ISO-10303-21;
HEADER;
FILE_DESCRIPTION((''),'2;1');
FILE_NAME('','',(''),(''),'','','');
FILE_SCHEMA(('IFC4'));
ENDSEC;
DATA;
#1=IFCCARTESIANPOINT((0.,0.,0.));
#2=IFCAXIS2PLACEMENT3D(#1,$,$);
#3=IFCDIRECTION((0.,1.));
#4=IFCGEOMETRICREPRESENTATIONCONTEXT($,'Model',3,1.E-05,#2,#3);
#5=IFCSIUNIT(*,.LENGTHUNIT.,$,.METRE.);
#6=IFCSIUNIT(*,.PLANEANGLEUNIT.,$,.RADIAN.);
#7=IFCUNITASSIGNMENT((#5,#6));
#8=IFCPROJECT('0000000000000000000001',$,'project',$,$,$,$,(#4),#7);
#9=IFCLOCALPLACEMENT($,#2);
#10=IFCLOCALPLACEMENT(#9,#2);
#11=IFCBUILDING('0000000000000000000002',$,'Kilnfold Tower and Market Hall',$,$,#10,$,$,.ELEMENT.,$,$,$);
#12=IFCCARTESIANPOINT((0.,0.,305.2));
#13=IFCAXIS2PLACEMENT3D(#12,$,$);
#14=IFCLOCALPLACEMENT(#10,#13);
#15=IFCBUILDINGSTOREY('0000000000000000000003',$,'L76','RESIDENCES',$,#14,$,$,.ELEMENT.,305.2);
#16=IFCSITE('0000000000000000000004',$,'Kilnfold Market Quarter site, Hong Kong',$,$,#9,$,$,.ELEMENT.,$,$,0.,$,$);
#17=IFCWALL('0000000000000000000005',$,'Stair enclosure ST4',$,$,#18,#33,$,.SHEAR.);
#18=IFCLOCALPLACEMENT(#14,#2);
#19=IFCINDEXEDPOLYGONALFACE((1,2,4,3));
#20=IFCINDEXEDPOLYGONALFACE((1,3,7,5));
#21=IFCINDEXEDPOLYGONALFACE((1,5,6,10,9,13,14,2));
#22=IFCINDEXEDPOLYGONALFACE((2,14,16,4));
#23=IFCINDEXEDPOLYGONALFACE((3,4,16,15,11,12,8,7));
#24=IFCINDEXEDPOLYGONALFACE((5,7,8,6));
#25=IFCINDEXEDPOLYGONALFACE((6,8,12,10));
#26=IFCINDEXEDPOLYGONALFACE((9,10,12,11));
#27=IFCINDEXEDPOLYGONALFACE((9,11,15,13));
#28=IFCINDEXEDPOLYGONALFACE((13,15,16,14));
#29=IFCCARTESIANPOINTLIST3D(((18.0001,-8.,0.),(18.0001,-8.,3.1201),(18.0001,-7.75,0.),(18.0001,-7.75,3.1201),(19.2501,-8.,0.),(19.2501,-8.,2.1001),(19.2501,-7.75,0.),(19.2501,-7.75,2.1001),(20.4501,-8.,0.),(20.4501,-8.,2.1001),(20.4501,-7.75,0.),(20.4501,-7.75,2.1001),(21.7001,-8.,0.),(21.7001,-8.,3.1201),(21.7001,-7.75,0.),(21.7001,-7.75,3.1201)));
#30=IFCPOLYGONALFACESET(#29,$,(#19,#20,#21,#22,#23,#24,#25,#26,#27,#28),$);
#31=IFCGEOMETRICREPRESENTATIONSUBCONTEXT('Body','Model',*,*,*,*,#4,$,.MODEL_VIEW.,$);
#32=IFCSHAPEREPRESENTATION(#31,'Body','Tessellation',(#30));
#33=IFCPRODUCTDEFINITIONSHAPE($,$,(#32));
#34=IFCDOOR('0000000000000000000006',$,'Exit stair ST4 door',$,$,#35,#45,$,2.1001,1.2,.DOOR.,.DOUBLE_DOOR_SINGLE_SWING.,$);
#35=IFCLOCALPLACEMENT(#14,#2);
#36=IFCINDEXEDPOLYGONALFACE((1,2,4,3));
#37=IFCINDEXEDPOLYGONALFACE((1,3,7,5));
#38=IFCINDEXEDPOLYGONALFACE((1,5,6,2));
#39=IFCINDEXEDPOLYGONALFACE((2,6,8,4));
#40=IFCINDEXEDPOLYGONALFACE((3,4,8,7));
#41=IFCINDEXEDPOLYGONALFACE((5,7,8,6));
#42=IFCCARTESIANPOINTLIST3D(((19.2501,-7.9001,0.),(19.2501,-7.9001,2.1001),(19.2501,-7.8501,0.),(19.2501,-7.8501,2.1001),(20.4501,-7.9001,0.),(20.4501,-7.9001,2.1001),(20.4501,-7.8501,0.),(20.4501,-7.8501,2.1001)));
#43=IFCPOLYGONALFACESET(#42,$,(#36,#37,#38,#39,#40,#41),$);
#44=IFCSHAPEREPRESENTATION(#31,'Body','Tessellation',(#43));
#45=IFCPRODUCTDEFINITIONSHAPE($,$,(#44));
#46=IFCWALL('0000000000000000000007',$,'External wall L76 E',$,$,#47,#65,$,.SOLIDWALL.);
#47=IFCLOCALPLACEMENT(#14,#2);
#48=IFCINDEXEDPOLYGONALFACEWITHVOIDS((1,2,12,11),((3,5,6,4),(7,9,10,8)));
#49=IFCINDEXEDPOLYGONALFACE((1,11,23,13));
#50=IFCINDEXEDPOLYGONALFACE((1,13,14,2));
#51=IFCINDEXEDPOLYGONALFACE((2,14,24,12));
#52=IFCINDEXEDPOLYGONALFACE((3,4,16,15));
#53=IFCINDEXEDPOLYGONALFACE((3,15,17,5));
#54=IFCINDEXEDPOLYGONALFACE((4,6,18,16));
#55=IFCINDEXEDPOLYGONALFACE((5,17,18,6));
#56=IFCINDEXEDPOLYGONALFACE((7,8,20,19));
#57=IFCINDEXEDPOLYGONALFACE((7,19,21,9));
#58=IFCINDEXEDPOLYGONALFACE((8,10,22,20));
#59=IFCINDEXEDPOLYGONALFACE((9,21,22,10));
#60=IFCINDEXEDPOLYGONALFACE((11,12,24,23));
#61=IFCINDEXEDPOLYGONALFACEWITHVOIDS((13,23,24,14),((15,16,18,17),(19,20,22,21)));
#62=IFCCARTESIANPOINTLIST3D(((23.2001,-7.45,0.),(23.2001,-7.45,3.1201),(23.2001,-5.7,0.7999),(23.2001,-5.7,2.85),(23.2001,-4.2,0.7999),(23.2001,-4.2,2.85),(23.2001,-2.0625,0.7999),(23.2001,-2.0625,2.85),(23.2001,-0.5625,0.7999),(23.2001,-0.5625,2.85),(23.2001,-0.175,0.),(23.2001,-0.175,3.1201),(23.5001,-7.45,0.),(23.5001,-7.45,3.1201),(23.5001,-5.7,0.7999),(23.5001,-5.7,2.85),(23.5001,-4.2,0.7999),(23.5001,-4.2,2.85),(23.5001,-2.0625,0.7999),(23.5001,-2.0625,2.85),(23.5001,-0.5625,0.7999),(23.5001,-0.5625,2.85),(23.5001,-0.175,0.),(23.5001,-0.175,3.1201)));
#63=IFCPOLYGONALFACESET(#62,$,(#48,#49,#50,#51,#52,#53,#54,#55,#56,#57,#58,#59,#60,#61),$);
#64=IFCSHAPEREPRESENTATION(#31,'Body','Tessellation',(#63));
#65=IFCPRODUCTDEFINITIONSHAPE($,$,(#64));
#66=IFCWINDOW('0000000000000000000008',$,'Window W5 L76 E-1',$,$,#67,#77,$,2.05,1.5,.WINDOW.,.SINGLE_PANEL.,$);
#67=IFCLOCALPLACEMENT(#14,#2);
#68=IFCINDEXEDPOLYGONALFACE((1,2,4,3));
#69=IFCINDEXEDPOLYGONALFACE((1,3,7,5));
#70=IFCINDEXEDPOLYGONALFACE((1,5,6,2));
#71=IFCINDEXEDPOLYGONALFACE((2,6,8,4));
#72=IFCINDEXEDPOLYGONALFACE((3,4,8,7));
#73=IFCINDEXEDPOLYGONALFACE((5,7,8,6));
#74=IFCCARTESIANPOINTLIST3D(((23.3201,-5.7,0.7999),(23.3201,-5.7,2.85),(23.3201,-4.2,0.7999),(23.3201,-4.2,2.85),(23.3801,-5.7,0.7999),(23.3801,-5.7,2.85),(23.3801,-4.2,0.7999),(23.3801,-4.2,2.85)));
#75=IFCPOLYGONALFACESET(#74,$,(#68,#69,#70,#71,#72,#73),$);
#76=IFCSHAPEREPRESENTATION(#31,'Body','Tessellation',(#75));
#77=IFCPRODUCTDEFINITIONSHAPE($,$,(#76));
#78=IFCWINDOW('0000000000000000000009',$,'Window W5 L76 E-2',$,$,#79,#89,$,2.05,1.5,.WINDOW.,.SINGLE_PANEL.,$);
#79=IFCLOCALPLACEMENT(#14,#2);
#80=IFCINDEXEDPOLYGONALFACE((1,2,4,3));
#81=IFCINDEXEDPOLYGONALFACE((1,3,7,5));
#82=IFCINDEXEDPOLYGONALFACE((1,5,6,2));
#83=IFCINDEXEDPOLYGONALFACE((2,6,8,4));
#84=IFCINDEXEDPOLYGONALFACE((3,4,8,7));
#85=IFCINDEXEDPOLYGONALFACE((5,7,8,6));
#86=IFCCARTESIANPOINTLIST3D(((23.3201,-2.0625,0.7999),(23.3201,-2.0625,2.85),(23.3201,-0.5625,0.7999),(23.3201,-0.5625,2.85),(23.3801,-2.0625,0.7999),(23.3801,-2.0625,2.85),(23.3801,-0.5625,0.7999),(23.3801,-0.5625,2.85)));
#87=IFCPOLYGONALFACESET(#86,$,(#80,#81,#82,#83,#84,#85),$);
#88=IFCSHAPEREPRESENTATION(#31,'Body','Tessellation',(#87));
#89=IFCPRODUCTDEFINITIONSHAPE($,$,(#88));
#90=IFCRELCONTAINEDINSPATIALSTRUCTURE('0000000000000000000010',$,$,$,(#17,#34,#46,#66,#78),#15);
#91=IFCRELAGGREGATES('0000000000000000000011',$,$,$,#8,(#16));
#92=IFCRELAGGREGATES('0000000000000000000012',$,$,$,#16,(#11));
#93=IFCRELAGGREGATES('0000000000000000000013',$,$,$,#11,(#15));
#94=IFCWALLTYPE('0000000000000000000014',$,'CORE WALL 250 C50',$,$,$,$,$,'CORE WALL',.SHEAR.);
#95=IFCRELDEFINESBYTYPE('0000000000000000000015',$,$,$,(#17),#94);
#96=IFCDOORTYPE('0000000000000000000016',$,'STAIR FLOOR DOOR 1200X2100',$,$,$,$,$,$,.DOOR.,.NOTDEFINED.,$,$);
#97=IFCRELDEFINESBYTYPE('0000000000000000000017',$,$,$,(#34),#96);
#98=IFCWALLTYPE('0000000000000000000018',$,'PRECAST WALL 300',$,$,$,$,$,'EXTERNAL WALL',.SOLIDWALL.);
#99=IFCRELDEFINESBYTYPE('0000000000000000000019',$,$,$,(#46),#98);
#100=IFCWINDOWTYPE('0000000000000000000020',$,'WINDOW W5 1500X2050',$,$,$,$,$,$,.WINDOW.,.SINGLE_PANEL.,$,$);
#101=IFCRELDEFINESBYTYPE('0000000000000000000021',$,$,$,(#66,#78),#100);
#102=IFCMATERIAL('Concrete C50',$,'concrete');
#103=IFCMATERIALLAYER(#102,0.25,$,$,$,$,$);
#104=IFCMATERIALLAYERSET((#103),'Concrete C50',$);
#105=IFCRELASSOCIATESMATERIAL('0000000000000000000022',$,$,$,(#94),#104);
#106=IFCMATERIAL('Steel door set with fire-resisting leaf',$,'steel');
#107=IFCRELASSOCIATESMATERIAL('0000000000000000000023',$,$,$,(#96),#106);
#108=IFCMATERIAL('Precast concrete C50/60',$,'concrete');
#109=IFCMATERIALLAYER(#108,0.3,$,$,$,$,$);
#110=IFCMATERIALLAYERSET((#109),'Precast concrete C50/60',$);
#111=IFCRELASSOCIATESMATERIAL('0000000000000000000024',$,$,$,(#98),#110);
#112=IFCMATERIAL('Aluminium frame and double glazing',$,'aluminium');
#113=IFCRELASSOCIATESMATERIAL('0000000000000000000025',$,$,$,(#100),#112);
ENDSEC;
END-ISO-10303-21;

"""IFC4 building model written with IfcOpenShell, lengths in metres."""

from ifc_helpers import new_model, si_unit, direction, frame, frame_2d, origin, place, context, subcontext, project, spatial, rectangle, extrude, source, transform, mapped, material, layer, layer_set, type_object, element, fill, save


model = new_model("IFC4")

# Units and contexts
model_context = context("Model", 3, precision=1e-05, world=origin(), true_north=direction((0.0, 1.0)))
body_context = subcontext(model_context, "Body", "Model", "MODEL_VIEW")
ifc_project = project(units=[si_unit("LENGTHUNIT", "METRE"), si_unit("PLANEANGLEUNIT", "RADIAN")], contexts=[model_context])

# Site, building, storey
site_placement = place(None, origin())
site = spatial("IfcSite", under=ifc_project, at=site_placement, Name="Kilnfold Market Quarter site, Hong Kong", CompositionType="ELEMENT", RefElevation=0.0)
building_placement = place(site_placement, origin())
building = spatial("IfcBuilding", under=site, at=building_placement, Name="Kilnfold Tower and Market Hall", CompositionType="ELEMENT")
storey_placement = place(building_placement, frame((0.0, 0.0, 305.2)))
storey = spatial("IfcBuildingStorey", under=building, at=storey_placement, Name="L76", Description="RESIDENCES", CompositionType="ELEMENT", Elevation=305.2)

# Wall, opening, door
ifc_material_1 = material(Name="Concrete C50", Category="concrete")
ifc_layer_1 = layer(ifc_material_1, 0.25)
ifc_layer_set_1 = layer_set([ifc_layer_1], Name="Concrete C50")
wall_type_1 = type_object("IfcWallType", Name="CORE WALL 250 C50", ElementType="CORE WALL", PredefinedType="SHEAR", material=ifc_layer_set_1)
shared_shape_1 = source(origin(), body_context, "Body", "SweptSolid", [
    extrude(rectangle(XDim=3.7, YDim=0.25, at=frame_2d((1.8501, 0.0))), origin(), (0.0, 0.0, 1.0), 3.1201),
])
wall_1_placement = place(storey_placement, frame((18.0, -7.875, 0.0), z_axis=(0.0, 0.0, 1.0), x_axis=(1.0, 0.0, 0.0)))
wall_1 = element("IfcWall", 1, at=wall_1_placement, inside=storey, type_object=wall_type_1, Name="Stair enclosure ST4", PredefinedType="SHEAR", context=body_context, shape_type="MappedRepresentation", body=[
    mapped(shared_shape_1, transform((0.0, 0.0, 0.0))),
])
opening_1_placement = place(wall_1_placement, frame((1.25, 0.0, 0.0)))
opening_1 = element("IfcOpeningElement", 2, at=opening_1_placement, cuts=wall_1, PredefinedType="OPENING", context=body_context, shape_type="SweptSolid", body=[
    extrude(rectangle(XDim=1.2, YDim=2.1001, at=frame_2d((0.6001, 1.05))), frame((0.0, 0.135, 0.0), z_axis=(0.0, -1.0, 0.0), x_axis=(1.0, 0.0, 0.0)), (0.0, 0.0, 1.0), 0.27),
])
ifc_material_2 = material(Name="Steel door set with fire-resisting leaf", Category="steel")
door_type_1 = type_object("IfcDoorType", Name="STAIR FLOOR DOOR 1200X2100", OperationType="NOTDEFINED", PredefinedType="DOOR", material=ifc_material_2)
door_1_placement = place(opening_1_placement, origin())
door_1 = element("IfcDoor", 3, at=door_1_placement, inside=storey, type_object=door_type_1, Name="Exit stair ST4 door", OperationType="DOUBLE_DOOR_SINGLE_SWING", OverallHeight=2.1001, OverallWidth=1.2, PredefinedType="DOOR", context=body_context, shape_type="SweptSolid", body=[
    extrude(rectangle(XDim=1.2, YDim=2.1001, at=frame_2d((0.6001, 1.05))), frame((0.0, 0.0249, 0.0), z_axis=(0.0, -1.0, 0.0), x_axis=(1.0, 0.0, 0.0)), (0.0, 0.0, 1.0), 0.05),
])
fill(opening_1, door_1)

# Wall, openings, windows
ifc_material_3 = material(Name="Precast concrete C50/60", Category="concrete")
ifc_layer_2 = layer(ifc_material_3, 0.3)
ifc_layer_set_2 = layer_set([ifc_layer_2], Name="Precast concrete C50/60")
wall_type_2 = type_object("IfcWallType", Name="PRECAST WALL 300", ElementType="EXTERNAL WALL", PredefinedType="SOLIDWALL", material=ifc_layer_set_2)
shared_shape_2 = source(origin(), body_context, "Body", "SweptSolid", [
    extrude(rectangle(XDim=7.2749, YDim=0.3, at=frame_2d((3.6375, 0.0))), origin(), (0.0, 0.0, 1.0), 3.1201),
])
wall_2_placement = place(storey_placement, frame((23.3501, -7.45, 0.0), z_axis=(0.0, 0.0, 1.0), x_axis=(0.0, 1.0, 0.0)))
wall_2 = element("IfcWall", 4, at=wall_2_placement, inside=storey, type_object=wall_type_2, Name="External wall L76 E", PredefinedType="SOLIDWALL", context=body_context, shape_type="MappedRepresentation", body=[
    mapped(shared_shape_2, transform((0.0, 0.0, 0.0))),
])
opening_2_placement = place(wall_2_placement, frame((1.75, 0.0, 0.8)))
opening_2 = element("IfcOpeningElement", 5, at=opening_2_placement, cuts=wall_2, PredefinedType="OPENING", context=body_context, shape_type="SweptSolid", body=[
    extrude(rectangle(XDim=1.5, YDim=2.05, at=frame_2d((0.75, 1.0249))), frame((0.0, 0.1602, 0.0), z_axis=(0.0, -1.0, 0.0), x_axis=(1.0, 0.0, 0.0)), (0.0, 0.0, 1.0), 0.3201),
])
opening_3_placement = place(wall_2_placement, frame((5.3875, 0.0, 0.8)))
opening_3 = element("IfcOpeningElement", 6, at=opening_3_placement, cuts=wall_2, PredefinedType="OPENING", context=body_context, shape_type="SweptSolid", body=[
    extrude(rectangle(XDim=1.5, YDim=2.05, at=frame_2d((0.75, 1.0249))), frame((0.0, 0.1602, 0.0), z_axis=(0.0, -1.0, 0.0), x_axis=(1.0, 0.0, 0.0)), (0.0, 0.0, 1.0), 0.3201),
])
ifc_material_4 = material(Name="Aluminium frame and double glazing", Category="aluminium")
window_type = type_object("IfcWindowType", Name="WINDOW W5 1500X2050", PartitioningType="SINGLE_PANEL", PredefinedType="WINDOW", material=ifc_material_4)
window_1_placement = place(opening_2_placement, origin())
window_1 = element("IfcWindow", 7, at=window_1_placement, inside=storey, type_object=window_type, Name="Window W5 L76 E-1", OverallHeight=2.05, OverallWidth=1.5, PartitioningType="SINGLE_PANEL", PredefinedType="WINDOW", context=body_context, shape_type="SweptSolid", body=[
    extrude(rectangle(XDim=1.5, YDim=2.05, at=frame_2d((0.75, 1.0249))), frame((0.0, 0.03, 0.0), z_axis=(0.0, -1.0, 0.0), x_axis=(1.0, 0.0, 0.0)), (0.0, 0.0, 1.0), 0.0601),
])
fill(opening_2, window_1)
window_2_placement = place(opening_3_placement, origin())
window_2 = element("IfcWindow", 8, at=window_2_placement, inside=storey, type_object=window_type, Name="Window W5 L76 E-2", OverallHeight=2.05, OverallWidth=1.5, PartitioningType="SINGLE_PANEL", PredefinedType="WINDOW", context=body_context, shape_type="SweptSolid", body=[
    extrude(rectangle(XDim=1.5, YDim=2.05, at=frame_2d((0.75, 1.0249))), frame((0.0, 0.03, 0.0), z_axis=(0.0, -1.0, 0.0), x_axis=(1.0, 0.0, 0.0)), (0.0, 0.0, 1.0), 0.0601),
])
fill(opening_3, window_2)

save(model, "model.ifc")
